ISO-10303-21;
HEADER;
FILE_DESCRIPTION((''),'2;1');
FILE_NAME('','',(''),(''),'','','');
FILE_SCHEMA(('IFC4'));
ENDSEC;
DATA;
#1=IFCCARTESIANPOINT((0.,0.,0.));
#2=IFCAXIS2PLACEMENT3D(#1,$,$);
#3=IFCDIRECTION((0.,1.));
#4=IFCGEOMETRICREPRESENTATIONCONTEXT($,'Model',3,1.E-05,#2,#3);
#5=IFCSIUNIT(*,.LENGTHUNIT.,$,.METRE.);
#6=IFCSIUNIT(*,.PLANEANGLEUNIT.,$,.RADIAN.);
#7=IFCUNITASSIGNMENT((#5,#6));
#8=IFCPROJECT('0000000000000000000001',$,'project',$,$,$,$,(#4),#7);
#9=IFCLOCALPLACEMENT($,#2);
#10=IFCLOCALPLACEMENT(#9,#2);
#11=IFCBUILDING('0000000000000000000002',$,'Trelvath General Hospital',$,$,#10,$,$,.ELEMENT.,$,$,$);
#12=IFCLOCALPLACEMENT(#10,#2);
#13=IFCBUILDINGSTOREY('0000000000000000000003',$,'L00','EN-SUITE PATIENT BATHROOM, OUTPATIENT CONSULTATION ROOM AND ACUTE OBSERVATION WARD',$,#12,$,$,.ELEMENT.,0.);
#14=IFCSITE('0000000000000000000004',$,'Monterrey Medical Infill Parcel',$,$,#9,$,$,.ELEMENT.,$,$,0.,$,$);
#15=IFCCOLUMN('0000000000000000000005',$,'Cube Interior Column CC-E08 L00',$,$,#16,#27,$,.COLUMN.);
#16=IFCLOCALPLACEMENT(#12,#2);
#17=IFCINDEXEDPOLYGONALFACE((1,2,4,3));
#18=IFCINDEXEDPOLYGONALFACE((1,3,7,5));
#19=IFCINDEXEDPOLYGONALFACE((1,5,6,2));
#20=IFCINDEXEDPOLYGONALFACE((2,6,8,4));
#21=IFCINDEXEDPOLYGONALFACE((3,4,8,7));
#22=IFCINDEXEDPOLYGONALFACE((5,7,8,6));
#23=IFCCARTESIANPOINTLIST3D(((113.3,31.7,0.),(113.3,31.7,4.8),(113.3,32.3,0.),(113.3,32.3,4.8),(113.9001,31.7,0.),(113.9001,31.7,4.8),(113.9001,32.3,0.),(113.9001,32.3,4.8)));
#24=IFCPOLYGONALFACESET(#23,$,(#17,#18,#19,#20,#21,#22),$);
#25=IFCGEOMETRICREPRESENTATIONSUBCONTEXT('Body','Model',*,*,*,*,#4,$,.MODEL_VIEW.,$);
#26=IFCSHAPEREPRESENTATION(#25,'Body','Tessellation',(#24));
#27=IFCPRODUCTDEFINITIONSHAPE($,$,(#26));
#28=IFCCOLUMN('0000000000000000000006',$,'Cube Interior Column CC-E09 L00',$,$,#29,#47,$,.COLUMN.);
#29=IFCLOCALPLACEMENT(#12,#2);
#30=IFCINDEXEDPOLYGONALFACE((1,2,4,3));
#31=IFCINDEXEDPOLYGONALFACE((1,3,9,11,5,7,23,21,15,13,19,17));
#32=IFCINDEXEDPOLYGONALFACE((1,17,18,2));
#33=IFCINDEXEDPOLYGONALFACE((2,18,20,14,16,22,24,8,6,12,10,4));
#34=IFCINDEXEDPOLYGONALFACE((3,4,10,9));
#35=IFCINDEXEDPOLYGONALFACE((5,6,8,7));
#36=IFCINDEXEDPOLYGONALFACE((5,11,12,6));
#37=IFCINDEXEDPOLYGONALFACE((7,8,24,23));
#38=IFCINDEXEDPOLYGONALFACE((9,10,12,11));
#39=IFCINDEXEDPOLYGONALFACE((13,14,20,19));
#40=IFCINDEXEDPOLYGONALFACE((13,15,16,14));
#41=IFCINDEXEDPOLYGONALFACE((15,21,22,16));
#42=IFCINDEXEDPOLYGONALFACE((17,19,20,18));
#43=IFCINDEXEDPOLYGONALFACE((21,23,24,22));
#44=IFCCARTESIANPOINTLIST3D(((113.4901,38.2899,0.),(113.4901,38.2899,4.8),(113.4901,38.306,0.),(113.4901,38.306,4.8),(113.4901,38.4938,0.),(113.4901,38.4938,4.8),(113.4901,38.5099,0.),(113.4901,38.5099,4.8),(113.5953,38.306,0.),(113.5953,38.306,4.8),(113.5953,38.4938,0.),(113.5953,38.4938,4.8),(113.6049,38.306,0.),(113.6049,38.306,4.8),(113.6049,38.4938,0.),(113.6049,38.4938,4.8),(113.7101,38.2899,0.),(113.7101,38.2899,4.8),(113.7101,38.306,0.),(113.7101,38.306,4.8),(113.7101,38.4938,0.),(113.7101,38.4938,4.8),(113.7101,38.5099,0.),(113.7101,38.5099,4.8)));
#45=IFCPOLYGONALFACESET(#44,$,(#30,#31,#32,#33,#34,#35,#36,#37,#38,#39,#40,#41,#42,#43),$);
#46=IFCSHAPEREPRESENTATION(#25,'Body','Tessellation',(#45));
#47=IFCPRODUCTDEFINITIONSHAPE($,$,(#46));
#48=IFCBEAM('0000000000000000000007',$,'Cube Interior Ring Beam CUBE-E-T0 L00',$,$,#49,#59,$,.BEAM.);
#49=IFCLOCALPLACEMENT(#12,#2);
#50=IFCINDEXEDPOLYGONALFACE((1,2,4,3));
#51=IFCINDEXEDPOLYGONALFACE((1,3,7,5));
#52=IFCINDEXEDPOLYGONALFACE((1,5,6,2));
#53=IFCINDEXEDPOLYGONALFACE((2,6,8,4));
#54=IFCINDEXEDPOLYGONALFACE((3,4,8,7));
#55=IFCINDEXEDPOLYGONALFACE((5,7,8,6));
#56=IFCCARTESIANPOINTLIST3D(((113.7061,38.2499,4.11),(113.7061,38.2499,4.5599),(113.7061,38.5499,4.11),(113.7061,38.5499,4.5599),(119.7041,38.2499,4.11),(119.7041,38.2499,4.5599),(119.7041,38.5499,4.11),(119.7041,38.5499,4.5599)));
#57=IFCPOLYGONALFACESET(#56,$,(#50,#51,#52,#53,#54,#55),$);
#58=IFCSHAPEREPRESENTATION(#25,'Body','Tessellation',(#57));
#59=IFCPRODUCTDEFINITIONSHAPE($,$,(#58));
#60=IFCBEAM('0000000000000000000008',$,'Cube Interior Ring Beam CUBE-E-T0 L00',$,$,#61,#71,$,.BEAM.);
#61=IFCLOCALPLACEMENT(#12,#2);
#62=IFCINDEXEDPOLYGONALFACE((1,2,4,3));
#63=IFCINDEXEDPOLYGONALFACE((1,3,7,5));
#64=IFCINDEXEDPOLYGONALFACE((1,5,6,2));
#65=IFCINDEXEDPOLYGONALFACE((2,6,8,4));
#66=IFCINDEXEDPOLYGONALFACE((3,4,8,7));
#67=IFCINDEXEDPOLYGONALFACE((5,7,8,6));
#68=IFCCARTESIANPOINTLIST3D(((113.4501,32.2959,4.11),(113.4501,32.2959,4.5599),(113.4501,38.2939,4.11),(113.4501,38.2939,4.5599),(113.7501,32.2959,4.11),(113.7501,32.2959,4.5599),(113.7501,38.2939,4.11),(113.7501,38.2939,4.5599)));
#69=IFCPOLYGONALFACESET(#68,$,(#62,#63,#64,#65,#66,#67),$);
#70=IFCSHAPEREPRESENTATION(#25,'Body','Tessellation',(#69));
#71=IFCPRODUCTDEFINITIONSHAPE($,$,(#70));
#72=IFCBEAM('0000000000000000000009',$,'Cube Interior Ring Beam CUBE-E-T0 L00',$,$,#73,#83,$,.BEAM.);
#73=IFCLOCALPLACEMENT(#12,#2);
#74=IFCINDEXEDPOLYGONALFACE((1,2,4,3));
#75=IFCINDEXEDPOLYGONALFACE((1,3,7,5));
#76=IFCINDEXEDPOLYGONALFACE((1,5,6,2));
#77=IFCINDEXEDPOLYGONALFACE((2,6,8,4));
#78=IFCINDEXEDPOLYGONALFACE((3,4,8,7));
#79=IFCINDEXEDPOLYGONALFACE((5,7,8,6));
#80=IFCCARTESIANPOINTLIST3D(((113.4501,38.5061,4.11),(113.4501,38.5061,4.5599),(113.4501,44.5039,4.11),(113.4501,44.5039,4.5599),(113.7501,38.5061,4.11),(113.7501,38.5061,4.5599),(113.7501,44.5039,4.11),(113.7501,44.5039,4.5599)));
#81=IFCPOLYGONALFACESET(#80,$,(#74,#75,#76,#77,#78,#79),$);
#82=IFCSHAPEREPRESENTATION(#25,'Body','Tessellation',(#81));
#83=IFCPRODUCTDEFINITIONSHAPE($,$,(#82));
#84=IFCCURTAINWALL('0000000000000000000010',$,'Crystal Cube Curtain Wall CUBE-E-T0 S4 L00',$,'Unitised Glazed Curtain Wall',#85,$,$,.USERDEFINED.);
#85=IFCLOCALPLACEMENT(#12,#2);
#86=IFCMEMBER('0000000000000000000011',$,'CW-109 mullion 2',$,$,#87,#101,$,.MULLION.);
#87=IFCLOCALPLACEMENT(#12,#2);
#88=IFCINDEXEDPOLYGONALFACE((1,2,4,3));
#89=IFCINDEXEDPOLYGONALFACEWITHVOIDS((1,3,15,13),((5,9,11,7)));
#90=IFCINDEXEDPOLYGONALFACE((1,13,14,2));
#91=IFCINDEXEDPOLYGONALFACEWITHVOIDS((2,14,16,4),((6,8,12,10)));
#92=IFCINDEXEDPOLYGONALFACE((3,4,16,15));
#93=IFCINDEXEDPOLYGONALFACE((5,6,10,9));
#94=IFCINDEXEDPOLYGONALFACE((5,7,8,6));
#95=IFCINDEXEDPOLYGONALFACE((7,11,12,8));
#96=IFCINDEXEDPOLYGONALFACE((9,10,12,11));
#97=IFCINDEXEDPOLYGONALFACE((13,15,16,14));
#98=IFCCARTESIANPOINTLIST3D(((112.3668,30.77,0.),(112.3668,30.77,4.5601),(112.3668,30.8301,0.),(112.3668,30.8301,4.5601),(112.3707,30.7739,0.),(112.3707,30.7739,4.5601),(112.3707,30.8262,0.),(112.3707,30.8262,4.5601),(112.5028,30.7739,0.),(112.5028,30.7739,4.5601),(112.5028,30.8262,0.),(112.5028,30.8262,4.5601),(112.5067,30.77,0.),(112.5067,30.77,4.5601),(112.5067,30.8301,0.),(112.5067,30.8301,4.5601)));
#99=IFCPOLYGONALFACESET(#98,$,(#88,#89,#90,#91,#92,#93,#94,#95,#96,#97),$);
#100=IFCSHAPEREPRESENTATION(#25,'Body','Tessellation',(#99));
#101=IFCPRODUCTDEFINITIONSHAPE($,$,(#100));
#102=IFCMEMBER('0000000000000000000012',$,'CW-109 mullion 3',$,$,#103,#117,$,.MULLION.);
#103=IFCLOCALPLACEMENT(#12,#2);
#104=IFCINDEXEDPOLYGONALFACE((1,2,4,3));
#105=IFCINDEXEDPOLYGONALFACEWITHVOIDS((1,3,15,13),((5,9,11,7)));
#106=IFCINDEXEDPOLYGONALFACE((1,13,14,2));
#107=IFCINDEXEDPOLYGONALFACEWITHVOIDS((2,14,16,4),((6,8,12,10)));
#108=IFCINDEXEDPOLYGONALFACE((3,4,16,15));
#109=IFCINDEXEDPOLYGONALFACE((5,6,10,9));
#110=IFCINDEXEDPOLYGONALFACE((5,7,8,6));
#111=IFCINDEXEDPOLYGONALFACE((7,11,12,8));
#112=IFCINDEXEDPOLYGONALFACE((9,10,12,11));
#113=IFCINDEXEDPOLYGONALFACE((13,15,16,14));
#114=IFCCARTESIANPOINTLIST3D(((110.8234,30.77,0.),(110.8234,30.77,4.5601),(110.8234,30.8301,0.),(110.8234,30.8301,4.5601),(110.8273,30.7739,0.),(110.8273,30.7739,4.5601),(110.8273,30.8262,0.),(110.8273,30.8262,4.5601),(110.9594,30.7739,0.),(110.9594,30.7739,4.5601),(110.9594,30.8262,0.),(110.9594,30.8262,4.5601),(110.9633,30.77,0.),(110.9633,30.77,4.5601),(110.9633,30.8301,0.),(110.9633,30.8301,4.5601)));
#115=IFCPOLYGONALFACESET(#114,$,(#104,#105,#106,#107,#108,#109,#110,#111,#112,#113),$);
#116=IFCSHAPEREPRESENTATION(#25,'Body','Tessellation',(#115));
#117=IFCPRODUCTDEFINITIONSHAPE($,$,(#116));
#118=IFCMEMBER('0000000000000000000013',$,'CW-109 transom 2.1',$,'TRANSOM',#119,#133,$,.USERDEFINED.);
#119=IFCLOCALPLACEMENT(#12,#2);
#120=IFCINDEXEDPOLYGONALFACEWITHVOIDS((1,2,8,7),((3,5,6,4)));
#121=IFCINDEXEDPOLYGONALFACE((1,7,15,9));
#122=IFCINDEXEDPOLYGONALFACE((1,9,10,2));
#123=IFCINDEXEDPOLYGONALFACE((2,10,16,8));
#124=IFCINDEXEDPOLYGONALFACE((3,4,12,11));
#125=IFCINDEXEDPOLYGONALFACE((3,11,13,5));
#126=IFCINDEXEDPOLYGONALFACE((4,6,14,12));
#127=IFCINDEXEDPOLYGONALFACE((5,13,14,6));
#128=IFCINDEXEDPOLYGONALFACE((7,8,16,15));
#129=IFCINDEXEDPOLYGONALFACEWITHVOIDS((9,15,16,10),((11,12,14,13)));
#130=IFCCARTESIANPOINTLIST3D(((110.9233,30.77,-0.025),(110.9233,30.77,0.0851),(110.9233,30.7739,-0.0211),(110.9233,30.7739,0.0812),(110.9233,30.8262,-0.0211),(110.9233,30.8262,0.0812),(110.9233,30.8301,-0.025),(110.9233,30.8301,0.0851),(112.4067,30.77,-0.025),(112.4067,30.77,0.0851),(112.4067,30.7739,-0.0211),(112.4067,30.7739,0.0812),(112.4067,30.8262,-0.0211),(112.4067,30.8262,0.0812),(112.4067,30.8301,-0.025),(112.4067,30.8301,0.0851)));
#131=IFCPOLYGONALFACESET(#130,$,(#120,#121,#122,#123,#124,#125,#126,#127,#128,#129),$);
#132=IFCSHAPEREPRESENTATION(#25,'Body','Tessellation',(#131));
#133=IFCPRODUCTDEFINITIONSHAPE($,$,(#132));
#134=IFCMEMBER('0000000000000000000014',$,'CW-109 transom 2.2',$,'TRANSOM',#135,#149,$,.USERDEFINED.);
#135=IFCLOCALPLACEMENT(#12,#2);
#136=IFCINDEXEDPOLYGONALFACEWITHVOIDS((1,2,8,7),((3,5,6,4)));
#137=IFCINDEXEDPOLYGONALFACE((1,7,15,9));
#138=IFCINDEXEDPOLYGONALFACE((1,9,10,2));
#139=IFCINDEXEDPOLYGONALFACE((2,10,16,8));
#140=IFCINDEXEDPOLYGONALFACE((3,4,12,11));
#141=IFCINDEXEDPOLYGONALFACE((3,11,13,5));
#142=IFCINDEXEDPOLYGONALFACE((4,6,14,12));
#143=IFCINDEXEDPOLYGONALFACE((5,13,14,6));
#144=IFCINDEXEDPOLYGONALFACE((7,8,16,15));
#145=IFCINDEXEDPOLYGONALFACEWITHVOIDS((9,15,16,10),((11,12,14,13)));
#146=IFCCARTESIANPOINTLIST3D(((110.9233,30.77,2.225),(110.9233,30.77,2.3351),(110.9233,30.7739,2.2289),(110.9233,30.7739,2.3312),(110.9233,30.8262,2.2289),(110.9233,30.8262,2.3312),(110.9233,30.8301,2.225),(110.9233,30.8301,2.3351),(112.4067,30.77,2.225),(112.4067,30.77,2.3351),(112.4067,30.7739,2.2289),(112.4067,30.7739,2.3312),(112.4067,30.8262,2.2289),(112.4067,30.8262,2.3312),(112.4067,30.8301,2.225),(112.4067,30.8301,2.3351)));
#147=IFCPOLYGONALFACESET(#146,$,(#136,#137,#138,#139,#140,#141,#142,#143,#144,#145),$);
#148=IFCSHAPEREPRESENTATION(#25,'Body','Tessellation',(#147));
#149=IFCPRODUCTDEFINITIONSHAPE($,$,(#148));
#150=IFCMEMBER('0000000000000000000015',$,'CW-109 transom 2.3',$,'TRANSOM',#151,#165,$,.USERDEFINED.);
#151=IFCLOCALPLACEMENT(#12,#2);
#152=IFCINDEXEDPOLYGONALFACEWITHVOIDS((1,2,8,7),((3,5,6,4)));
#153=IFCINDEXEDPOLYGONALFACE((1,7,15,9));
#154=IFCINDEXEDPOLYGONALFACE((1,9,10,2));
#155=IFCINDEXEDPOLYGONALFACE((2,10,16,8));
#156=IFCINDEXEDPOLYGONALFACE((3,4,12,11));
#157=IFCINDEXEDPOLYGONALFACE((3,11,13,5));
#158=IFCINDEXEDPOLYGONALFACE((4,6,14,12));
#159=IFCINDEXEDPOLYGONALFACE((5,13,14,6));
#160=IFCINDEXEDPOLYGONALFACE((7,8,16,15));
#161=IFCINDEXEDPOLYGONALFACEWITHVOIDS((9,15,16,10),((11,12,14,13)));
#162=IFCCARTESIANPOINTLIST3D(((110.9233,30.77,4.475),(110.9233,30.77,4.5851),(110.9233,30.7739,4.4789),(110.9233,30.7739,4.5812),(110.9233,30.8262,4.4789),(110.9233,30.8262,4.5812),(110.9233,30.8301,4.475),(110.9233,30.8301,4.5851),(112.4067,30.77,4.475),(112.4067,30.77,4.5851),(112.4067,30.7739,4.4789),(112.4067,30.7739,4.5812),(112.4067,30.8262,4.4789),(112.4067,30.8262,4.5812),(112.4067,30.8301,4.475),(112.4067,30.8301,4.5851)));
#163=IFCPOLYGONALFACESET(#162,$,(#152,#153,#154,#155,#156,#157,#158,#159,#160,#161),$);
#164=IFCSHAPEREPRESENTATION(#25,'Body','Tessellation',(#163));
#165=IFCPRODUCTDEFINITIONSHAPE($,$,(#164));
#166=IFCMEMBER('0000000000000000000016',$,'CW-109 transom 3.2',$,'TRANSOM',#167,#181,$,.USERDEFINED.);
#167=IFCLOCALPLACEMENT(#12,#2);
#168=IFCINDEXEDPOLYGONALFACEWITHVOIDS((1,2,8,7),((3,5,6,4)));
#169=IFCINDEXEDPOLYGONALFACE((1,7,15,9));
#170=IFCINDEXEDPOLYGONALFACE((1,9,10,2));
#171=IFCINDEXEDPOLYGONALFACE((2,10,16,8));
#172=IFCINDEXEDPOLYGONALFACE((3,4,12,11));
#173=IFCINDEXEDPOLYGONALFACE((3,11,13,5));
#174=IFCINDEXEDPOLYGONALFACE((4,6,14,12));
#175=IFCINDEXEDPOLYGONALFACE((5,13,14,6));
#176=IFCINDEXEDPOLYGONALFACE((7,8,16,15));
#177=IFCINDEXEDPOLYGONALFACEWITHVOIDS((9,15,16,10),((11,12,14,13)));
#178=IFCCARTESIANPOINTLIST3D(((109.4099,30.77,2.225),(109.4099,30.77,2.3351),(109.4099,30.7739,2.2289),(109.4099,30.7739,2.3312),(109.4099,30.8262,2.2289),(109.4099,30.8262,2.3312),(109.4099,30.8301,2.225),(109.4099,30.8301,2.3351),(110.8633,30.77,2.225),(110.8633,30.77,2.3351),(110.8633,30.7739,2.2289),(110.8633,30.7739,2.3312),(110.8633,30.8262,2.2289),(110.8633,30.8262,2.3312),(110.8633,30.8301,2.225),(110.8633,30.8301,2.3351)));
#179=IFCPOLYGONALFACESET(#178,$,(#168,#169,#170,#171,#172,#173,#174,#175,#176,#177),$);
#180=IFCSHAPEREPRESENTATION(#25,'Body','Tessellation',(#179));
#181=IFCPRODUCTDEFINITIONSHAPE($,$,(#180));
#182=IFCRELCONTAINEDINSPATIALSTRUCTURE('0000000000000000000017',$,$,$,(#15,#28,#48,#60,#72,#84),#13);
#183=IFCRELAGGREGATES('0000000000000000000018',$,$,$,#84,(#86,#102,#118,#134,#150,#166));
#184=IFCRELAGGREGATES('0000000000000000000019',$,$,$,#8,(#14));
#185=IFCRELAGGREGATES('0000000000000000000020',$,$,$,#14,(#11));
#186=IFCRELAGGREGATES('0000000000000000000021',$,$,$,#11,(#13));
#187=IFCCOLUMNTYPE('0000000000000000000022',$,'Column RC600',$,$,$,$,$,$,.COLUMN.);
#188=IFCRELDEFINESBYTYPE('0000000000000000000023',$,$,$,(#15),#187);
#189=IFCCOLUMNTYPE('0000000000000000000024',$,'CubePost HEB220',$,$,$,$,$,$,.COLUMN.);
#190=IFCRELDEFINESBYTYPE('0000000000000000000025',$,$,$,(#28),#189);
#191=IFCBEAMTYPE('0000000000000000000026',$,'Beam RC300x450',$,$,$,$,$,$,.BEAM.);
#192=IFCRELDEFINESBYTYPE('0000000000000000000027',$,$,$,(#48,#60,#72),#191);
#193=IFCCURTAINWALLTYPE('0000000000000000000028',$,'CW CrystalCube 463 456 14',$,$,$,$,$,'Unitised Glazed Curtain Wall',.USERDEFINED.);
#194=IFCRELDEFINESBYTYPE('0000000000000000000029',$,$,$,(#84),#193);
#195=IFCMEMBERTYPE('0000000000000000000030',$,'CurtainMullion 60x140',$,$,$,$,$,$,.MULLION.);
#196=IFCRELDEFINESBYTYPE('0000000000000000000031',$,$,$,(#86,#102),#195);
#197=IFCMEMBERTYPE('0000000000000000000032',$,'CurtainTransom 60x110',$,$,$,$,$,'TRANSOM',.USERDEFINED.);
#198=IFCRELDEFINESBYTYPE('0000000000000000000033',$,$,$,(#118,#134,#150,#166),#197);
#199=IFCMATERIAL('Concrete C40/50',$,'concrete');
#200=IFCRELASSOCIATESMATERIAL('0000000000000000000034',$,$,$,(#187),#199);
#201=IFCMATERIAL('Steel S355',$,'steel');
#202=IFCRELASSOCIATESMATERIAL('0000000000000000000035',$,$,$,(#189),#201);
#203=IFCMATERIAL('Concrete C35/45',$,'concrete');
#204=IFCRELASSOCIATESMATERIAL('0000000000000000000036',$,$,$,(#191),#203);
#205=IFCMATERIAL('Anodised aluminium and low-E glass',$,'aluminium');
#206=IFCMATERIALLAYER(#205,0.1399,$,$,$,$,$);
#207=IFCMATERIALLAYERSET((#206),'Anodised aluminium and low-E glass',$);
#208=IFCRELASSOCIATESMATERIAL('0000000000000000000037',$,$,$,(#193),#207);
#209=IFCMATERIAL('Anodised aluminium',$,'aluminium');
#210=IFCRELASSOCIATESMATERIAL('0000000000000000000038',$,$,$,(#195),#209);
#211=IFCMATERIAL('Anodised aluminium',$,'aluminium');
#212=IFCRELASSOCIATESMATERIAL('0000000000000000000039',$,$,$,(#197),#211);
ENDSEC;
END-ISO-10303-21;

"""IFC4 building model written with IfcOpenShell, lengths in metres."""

from ifc_helpers import new_model, si_unit, direction, frame, origin, origin_2d, place, context, subcontext, project, spatial, rectangle, hollow_rectangle, i_section, extrude, material, layer, layer_set, material_profile, profile_set, type_object, element, aggregate, save


model = new_model("IFC4")

# Units and contexts
model_context = context("Model", 3, precision=1e-05, world=origin(), true_north=direction((0.0, 1.0)))
body_context = subcontext(model_context, "Body", "Model", "MODEL_VIEW")
ifc_project = project(units=[si_unit("LENGTHUNIT", "METRE"), si_unit("PLANEANGLEUNIT", "RADIAN")], contexts=[model_context])

# Site, building, storey
site_placement = place(None, origin())
site = spatial("IfcSite", under=ifc_project, at=site_placement, Name="Monterrey Medical Infill Parcel", CompositionType="ELEMENT", RefElevation=0.0)
building_placement = place(site_placement, origin())
building = spatial("IfcBuilding", under=site, at=building_placement, Name="Trelvath General Hospital", CompositionType="ELEMENT")
storey_placement = place(building_placement, origin())
storey = spatial("IfcBuildingStorey", under=building, at=storey_placement, Name="L00", Description="EN-SUITE PATIENT BATHROOM, OUTPATIENT CONSULTATION ROOM AND ACUTE OBSERVATION WARD", CompositionType="ELEMENT", Elevation=0.0)

# Columns
ifc_material_1 = material(Name="Concrete C40/50", Category="concrete")
ifc_material_profile_1 = material_profile(ifc_material_1, rectangle(XDim=0.6001, YDim=0.6001, at=origin_2d()), Name="RC600x600")
ifc_profile_set_1 = profile_set([ifc_material_profile_1], Name="Concrete C40/50")
column_type_1 = type_object("IfcColumnType", Name="Column RC600", PredefinedType="COLUMN", material=ifc_profile_set_1)
column_1_placement = place(storey_placement, frame((113.6001, 32.0, 0.0), z_axis=(0.0, 0.0, 1.0), x_axis=(1.0, 0.0, 0.0)))
element("IfcColumn", 1, at=column_1_placement, inside=storey, type_object=column_type_1, Name="Cube Interior Column CC-E08 L00", PredefinedType="COLUMN", context=body_context, shape_type="SweptSolid", body=[
    extrude(rectangle(XDim=0.6001, YDim=0.6001, at=origin_2d()), origin(), (0.0, 0.0, 1.0), 4.8),
])
ifc_material_2 = material(Name="Steel S355", Category="steel")
ifc_material_profile_2 = material_profile(ifc_material_2, i_section(OverallWidth=0.22, OverallDepth=0.22, WebThickness=0.0095, FlangeThickness=0.0161, at=origin_2d()), Name="HEB220")
ifc_profile_set_2 = profile_set([ifc_material_profile_2], Name="Steel S355")
column_type_2 = type_object("IfcColumnType", Name="CubePost HEB220", PredefinedType="COLUMN", material=ifc_profile_set_2)
column_2_placement = place(storey_placement, frame((113.6001, 38.3999, 0.0), z_axis=(0.0, 0.0, 1.0), x_axis=(1.0, 0.0, 0.0)))
element("IfcColumn", 2, at=column_2_placement, inside=storey, type_object=column_type_2, Name="Cube Interior Column CC-E09 L00", PredefinedType="COLUMN", context=body_context, shape_type="SweptSolid", body=[
    extrude(i_section(OverallWidth=0.22, OverallDepth=0.22, WebThickness=0.0095, FlangeThickness=0.0161, at=origin_2d()), origin(), (0.0, 0.0, 1.0), 4.8),
])

# Beams
ifc_material_3 = material(Name="Concrete C35/45", Category="concrete")
ifc_material_profile_3 = material_profile(ifc_material_3, rectangle(XDim=0.3, YDim=0.45, at=origin_2d()), Name="RCB300x450")
ifc_profile_set_3 = profile_set([ifc_material_profile_3], Name="Concrete C35/45")
beam_type = type_object("IfcBeamType", Name="Beam RC300x450", PredefinedType="BEAM", material=ifc_profile_set_3)
for number, where, z_axis, x_axis, name in (
    (3, (113.7061, 38.3999, 4.335), (1.0, 0.0, 0.0), (0.0, 1.0, 0.0), "Cube Interior Ring Beam CUBE-E-T0 L00"),
    (4, (113.6001, 32.2959, 4.335), (0.0, 1.0, 0.0), (-1.0, 0.0, 0.0), "Cube Interior Ring Beam CUBE-E-T0 L00"),
):
    element("IfcBeam", number, at=place(storey_placement, frame(where, z_axis=z_axis, x_axis=x_axis)), inside=storey, type_object=beam_type, Name=name, PredefinedType="BEAM", context=body_context, shape_type="SweptSolid", body=[
        extrude(rectangle(XDim=0.3, YDim=0.45, at=origin_2d()), origin(), (0.0, 0.0, 1.0), 5.998),
    ])
beam_placement = place(storey_placement, frame((113.6001, 38.5061, 4.335), z_axis=(0.0, 1.0, 0.0), x_axis=(-1.0, 0.0, 0.0)))
element("IfcBeam", 5, at=beam_placement, inside=storey, type_object=beam_type, Name="Cube Interior Ring Beam CUBE-E-T0 L00", PredefinedType="BEAM", context=body_context, shape_type="SweptSolid", body=[
    extrude(rectangle(XDim=0.3, YDim=0.45, at=origin_2d()), origin(), (0.0, 0.0, 1.0), 5.9978),
])

# Curtain wall, members
ifc_material_4 = material(Name="Anodised aluminium and low-E glass", Category="aluminium")
ifc_layer_1 = layer(ifc_material_4, 0.1399)
ifc_layer_set_1 = layer_set([ifc_layer_1], Name="Anodised aluminium and low-E glass")
curtain_wall_type = type_object("IfcCurtainWallType", Name="CW CrystalCube 463 456 14", ElementType="Unitised Glazed Curtain Wall", PredefinedType="USERDEFINED", material=ifc_layer_set_1)
curtain_wall_placement = place(storey_placement, origin())
curtain_wall = element("IfcCurtainWall", 6, at=curtain_wall_placement, inside=storey, type_object=curtain_wall_type, Name="Crystal Cube Curtain Wall CUBE-E-T0 S4 L00", ObjectType="Unitised Glazed Curtain Wall", PredefinedType="USERDEFINED")
ifc_material_5 = material(Name="Anodised aluminium", Category="aluminium")
ifc_material_profile_4 = material_profile(ifc_material_5, hollow_rectangle(XDim=0.0601, YDim=0.1399, WallThickness=0.0039, at=origin_2d()), Name="RHS60x140x4")
ifc_profile_set_4 = profile_set([ifc_material_profile_4], Name="Anodised aluminium")
member_type_1 = type_object("IfcMemberType", Name="CurtainMullion 60x140", PredefinedType="MULLION", material=ifc_profile_set_4)
member_1_placement = place(storey_placement, frame((112.4368, 30.8, 0.0), z_axis=(0.0, 0.0, 1.0), x_axis=(0.0, -1.0, 0.0)))
member_1 = element("IfcMember", 7, at=member_1_placement, type_object=member_type_1, Name="CW-109 mullion 2", PredefinedType="MULLION", context=body_context, shape_type="SweptSolid", body=[
    extrude(hollow_rectangle(XDim=0.0601, YDim=0.1399, WallThickness=0.0039, at=origin_2d()), origin(), (0.0, 0.0, 1.0), 4.5601),
])
member_2_placement = place(storey_placement, frame((110.8933, 30.8, 0.0), z_axis=(0.0, 0.0, 1.0), x_axis=(0.0, -1.0, 0.0)))
member_2 = element("IfcMember", 8, at=member_2_placement, type_object=member_type_1, Name="CW-109 mullion 3", PredefinedType="MULLION", context=body_context, shape_type="SweptSolid", body=[
    extrude(hollow_rectangle(XDim=0.0601, YDim=0.1399, WallThickness=0.0039, at=origin_2d()), origin(), (0.0, 0.0, 1.0), 4.5601),
])
ifc_material_6 = material(Name="Anodised aluminium", Category="aluminium")
ifc_material_profile_5 = material_profile(ifc_material_6, hollow_rectangle(XDim=0.0601, YDim=0.1101, WallThickness=0.0039, at=origin_2d()), Name="RHS60x110x4")
ifc_profile_set_5 = profile_set([ifc_material_profile_5], Name="Anodised aluminium")
member_type_2 = type_object("IfcMemberType", Name="CurtainTransom 60x110", ElementType="TRANSOM", PredefinedType="USERDEFINED", material=ifc_profile_set_5)
member_3_placement = place(storey_placement, frame((112.4067, 30.8, 0.03), z_axis=(-1.0, 0.0, 0.0), x_axis=(0.0, -1.0, 0.0)))
member_3 = element("IfcMember", 9, at=member_3_placement, type_object=member_type_2, Name="CW-109 transom 2.1", ObjectType="TRANSOM", PredefinedType="USERDEFINED", context=body_context, shape_type="SweptSolid", body=[
    extrude(hollow_rectangle(XDim=0.0601, YDim=0.1101, WallThickness=0.0039, at=origin_2d()), origin(), (0.0, 0.0, 1.0), 1.4834),
])
member_4_placement = place(storey_placement, frame((112.4067, 30.8, 2.28), z_axis=(-1.0, 0.0, 0.0), x_axis=(0.0, -1.0, 0.0)))
member_4 = element("IfcMember", 10, at=member_4_placement, type_object=member_type_2, Name="CW-109 transom 2.2", ObjectType="TRANSOM", PredefinedType="USERDEFINED", context=body_context, shape_type="SweptSolid", body=[
    extrude(hollow_rectangle(XDim=0.0601, YDim=0.1101, WallThickness=0.0039, at=origin_2d()), origin(), (0.0, 0.0, 1.0), 1.4834),
])
member_5_placement = place(storey_placement, frame((112.4067, 30.8, 4.53), z_axis=(-1.0, 0.0, 0.0), x_axis=(0.0, -1.0, 0.0)))
member_5 = element("IfcMember", 11, at=member_5_placement, type_object=member_type_2, Name="CW-109 transom 2.3", ObjectType="TRANSOM", PredefinedType="USERDEFINED", context=body_context, shape_type="SweptSolid", body=[
    extrude(hollow_rectangle(XDim=0.0601, YDim=0.1101, WallThickness=0.0039, at=origin_2d()), origin(), (0.0, 0.0, 1.0), 1.4834),
])
member_6_placement = place(storey_placement, frame((110.8633, 30.8, 2.28), z_axis=(-1.0, 0.0, 0.0), x_axis=(0.0, -1.0, 0.0)))
member_6 = element("IfcMember", 12, at=member_6_placement, type_object=member_type_2, Name="CW-109 transom 3.2", ObjectType="TRANSOM", PredefinedType="USERDEFINED", context=body_context, shape_type="SweptSolid", body=[
    extrude(hollow_rectangle(XDim=0.0601, YDim=0.1101, WallThickness=0.0039, at=origin_2d()), origin(), (0.0, 0.0, 1.0), 1.4534),
])
aggregate(curtain_wall, [member_1, member_2, member_3, member_4, member_5, member_6])

save(model, "model.ifc")
